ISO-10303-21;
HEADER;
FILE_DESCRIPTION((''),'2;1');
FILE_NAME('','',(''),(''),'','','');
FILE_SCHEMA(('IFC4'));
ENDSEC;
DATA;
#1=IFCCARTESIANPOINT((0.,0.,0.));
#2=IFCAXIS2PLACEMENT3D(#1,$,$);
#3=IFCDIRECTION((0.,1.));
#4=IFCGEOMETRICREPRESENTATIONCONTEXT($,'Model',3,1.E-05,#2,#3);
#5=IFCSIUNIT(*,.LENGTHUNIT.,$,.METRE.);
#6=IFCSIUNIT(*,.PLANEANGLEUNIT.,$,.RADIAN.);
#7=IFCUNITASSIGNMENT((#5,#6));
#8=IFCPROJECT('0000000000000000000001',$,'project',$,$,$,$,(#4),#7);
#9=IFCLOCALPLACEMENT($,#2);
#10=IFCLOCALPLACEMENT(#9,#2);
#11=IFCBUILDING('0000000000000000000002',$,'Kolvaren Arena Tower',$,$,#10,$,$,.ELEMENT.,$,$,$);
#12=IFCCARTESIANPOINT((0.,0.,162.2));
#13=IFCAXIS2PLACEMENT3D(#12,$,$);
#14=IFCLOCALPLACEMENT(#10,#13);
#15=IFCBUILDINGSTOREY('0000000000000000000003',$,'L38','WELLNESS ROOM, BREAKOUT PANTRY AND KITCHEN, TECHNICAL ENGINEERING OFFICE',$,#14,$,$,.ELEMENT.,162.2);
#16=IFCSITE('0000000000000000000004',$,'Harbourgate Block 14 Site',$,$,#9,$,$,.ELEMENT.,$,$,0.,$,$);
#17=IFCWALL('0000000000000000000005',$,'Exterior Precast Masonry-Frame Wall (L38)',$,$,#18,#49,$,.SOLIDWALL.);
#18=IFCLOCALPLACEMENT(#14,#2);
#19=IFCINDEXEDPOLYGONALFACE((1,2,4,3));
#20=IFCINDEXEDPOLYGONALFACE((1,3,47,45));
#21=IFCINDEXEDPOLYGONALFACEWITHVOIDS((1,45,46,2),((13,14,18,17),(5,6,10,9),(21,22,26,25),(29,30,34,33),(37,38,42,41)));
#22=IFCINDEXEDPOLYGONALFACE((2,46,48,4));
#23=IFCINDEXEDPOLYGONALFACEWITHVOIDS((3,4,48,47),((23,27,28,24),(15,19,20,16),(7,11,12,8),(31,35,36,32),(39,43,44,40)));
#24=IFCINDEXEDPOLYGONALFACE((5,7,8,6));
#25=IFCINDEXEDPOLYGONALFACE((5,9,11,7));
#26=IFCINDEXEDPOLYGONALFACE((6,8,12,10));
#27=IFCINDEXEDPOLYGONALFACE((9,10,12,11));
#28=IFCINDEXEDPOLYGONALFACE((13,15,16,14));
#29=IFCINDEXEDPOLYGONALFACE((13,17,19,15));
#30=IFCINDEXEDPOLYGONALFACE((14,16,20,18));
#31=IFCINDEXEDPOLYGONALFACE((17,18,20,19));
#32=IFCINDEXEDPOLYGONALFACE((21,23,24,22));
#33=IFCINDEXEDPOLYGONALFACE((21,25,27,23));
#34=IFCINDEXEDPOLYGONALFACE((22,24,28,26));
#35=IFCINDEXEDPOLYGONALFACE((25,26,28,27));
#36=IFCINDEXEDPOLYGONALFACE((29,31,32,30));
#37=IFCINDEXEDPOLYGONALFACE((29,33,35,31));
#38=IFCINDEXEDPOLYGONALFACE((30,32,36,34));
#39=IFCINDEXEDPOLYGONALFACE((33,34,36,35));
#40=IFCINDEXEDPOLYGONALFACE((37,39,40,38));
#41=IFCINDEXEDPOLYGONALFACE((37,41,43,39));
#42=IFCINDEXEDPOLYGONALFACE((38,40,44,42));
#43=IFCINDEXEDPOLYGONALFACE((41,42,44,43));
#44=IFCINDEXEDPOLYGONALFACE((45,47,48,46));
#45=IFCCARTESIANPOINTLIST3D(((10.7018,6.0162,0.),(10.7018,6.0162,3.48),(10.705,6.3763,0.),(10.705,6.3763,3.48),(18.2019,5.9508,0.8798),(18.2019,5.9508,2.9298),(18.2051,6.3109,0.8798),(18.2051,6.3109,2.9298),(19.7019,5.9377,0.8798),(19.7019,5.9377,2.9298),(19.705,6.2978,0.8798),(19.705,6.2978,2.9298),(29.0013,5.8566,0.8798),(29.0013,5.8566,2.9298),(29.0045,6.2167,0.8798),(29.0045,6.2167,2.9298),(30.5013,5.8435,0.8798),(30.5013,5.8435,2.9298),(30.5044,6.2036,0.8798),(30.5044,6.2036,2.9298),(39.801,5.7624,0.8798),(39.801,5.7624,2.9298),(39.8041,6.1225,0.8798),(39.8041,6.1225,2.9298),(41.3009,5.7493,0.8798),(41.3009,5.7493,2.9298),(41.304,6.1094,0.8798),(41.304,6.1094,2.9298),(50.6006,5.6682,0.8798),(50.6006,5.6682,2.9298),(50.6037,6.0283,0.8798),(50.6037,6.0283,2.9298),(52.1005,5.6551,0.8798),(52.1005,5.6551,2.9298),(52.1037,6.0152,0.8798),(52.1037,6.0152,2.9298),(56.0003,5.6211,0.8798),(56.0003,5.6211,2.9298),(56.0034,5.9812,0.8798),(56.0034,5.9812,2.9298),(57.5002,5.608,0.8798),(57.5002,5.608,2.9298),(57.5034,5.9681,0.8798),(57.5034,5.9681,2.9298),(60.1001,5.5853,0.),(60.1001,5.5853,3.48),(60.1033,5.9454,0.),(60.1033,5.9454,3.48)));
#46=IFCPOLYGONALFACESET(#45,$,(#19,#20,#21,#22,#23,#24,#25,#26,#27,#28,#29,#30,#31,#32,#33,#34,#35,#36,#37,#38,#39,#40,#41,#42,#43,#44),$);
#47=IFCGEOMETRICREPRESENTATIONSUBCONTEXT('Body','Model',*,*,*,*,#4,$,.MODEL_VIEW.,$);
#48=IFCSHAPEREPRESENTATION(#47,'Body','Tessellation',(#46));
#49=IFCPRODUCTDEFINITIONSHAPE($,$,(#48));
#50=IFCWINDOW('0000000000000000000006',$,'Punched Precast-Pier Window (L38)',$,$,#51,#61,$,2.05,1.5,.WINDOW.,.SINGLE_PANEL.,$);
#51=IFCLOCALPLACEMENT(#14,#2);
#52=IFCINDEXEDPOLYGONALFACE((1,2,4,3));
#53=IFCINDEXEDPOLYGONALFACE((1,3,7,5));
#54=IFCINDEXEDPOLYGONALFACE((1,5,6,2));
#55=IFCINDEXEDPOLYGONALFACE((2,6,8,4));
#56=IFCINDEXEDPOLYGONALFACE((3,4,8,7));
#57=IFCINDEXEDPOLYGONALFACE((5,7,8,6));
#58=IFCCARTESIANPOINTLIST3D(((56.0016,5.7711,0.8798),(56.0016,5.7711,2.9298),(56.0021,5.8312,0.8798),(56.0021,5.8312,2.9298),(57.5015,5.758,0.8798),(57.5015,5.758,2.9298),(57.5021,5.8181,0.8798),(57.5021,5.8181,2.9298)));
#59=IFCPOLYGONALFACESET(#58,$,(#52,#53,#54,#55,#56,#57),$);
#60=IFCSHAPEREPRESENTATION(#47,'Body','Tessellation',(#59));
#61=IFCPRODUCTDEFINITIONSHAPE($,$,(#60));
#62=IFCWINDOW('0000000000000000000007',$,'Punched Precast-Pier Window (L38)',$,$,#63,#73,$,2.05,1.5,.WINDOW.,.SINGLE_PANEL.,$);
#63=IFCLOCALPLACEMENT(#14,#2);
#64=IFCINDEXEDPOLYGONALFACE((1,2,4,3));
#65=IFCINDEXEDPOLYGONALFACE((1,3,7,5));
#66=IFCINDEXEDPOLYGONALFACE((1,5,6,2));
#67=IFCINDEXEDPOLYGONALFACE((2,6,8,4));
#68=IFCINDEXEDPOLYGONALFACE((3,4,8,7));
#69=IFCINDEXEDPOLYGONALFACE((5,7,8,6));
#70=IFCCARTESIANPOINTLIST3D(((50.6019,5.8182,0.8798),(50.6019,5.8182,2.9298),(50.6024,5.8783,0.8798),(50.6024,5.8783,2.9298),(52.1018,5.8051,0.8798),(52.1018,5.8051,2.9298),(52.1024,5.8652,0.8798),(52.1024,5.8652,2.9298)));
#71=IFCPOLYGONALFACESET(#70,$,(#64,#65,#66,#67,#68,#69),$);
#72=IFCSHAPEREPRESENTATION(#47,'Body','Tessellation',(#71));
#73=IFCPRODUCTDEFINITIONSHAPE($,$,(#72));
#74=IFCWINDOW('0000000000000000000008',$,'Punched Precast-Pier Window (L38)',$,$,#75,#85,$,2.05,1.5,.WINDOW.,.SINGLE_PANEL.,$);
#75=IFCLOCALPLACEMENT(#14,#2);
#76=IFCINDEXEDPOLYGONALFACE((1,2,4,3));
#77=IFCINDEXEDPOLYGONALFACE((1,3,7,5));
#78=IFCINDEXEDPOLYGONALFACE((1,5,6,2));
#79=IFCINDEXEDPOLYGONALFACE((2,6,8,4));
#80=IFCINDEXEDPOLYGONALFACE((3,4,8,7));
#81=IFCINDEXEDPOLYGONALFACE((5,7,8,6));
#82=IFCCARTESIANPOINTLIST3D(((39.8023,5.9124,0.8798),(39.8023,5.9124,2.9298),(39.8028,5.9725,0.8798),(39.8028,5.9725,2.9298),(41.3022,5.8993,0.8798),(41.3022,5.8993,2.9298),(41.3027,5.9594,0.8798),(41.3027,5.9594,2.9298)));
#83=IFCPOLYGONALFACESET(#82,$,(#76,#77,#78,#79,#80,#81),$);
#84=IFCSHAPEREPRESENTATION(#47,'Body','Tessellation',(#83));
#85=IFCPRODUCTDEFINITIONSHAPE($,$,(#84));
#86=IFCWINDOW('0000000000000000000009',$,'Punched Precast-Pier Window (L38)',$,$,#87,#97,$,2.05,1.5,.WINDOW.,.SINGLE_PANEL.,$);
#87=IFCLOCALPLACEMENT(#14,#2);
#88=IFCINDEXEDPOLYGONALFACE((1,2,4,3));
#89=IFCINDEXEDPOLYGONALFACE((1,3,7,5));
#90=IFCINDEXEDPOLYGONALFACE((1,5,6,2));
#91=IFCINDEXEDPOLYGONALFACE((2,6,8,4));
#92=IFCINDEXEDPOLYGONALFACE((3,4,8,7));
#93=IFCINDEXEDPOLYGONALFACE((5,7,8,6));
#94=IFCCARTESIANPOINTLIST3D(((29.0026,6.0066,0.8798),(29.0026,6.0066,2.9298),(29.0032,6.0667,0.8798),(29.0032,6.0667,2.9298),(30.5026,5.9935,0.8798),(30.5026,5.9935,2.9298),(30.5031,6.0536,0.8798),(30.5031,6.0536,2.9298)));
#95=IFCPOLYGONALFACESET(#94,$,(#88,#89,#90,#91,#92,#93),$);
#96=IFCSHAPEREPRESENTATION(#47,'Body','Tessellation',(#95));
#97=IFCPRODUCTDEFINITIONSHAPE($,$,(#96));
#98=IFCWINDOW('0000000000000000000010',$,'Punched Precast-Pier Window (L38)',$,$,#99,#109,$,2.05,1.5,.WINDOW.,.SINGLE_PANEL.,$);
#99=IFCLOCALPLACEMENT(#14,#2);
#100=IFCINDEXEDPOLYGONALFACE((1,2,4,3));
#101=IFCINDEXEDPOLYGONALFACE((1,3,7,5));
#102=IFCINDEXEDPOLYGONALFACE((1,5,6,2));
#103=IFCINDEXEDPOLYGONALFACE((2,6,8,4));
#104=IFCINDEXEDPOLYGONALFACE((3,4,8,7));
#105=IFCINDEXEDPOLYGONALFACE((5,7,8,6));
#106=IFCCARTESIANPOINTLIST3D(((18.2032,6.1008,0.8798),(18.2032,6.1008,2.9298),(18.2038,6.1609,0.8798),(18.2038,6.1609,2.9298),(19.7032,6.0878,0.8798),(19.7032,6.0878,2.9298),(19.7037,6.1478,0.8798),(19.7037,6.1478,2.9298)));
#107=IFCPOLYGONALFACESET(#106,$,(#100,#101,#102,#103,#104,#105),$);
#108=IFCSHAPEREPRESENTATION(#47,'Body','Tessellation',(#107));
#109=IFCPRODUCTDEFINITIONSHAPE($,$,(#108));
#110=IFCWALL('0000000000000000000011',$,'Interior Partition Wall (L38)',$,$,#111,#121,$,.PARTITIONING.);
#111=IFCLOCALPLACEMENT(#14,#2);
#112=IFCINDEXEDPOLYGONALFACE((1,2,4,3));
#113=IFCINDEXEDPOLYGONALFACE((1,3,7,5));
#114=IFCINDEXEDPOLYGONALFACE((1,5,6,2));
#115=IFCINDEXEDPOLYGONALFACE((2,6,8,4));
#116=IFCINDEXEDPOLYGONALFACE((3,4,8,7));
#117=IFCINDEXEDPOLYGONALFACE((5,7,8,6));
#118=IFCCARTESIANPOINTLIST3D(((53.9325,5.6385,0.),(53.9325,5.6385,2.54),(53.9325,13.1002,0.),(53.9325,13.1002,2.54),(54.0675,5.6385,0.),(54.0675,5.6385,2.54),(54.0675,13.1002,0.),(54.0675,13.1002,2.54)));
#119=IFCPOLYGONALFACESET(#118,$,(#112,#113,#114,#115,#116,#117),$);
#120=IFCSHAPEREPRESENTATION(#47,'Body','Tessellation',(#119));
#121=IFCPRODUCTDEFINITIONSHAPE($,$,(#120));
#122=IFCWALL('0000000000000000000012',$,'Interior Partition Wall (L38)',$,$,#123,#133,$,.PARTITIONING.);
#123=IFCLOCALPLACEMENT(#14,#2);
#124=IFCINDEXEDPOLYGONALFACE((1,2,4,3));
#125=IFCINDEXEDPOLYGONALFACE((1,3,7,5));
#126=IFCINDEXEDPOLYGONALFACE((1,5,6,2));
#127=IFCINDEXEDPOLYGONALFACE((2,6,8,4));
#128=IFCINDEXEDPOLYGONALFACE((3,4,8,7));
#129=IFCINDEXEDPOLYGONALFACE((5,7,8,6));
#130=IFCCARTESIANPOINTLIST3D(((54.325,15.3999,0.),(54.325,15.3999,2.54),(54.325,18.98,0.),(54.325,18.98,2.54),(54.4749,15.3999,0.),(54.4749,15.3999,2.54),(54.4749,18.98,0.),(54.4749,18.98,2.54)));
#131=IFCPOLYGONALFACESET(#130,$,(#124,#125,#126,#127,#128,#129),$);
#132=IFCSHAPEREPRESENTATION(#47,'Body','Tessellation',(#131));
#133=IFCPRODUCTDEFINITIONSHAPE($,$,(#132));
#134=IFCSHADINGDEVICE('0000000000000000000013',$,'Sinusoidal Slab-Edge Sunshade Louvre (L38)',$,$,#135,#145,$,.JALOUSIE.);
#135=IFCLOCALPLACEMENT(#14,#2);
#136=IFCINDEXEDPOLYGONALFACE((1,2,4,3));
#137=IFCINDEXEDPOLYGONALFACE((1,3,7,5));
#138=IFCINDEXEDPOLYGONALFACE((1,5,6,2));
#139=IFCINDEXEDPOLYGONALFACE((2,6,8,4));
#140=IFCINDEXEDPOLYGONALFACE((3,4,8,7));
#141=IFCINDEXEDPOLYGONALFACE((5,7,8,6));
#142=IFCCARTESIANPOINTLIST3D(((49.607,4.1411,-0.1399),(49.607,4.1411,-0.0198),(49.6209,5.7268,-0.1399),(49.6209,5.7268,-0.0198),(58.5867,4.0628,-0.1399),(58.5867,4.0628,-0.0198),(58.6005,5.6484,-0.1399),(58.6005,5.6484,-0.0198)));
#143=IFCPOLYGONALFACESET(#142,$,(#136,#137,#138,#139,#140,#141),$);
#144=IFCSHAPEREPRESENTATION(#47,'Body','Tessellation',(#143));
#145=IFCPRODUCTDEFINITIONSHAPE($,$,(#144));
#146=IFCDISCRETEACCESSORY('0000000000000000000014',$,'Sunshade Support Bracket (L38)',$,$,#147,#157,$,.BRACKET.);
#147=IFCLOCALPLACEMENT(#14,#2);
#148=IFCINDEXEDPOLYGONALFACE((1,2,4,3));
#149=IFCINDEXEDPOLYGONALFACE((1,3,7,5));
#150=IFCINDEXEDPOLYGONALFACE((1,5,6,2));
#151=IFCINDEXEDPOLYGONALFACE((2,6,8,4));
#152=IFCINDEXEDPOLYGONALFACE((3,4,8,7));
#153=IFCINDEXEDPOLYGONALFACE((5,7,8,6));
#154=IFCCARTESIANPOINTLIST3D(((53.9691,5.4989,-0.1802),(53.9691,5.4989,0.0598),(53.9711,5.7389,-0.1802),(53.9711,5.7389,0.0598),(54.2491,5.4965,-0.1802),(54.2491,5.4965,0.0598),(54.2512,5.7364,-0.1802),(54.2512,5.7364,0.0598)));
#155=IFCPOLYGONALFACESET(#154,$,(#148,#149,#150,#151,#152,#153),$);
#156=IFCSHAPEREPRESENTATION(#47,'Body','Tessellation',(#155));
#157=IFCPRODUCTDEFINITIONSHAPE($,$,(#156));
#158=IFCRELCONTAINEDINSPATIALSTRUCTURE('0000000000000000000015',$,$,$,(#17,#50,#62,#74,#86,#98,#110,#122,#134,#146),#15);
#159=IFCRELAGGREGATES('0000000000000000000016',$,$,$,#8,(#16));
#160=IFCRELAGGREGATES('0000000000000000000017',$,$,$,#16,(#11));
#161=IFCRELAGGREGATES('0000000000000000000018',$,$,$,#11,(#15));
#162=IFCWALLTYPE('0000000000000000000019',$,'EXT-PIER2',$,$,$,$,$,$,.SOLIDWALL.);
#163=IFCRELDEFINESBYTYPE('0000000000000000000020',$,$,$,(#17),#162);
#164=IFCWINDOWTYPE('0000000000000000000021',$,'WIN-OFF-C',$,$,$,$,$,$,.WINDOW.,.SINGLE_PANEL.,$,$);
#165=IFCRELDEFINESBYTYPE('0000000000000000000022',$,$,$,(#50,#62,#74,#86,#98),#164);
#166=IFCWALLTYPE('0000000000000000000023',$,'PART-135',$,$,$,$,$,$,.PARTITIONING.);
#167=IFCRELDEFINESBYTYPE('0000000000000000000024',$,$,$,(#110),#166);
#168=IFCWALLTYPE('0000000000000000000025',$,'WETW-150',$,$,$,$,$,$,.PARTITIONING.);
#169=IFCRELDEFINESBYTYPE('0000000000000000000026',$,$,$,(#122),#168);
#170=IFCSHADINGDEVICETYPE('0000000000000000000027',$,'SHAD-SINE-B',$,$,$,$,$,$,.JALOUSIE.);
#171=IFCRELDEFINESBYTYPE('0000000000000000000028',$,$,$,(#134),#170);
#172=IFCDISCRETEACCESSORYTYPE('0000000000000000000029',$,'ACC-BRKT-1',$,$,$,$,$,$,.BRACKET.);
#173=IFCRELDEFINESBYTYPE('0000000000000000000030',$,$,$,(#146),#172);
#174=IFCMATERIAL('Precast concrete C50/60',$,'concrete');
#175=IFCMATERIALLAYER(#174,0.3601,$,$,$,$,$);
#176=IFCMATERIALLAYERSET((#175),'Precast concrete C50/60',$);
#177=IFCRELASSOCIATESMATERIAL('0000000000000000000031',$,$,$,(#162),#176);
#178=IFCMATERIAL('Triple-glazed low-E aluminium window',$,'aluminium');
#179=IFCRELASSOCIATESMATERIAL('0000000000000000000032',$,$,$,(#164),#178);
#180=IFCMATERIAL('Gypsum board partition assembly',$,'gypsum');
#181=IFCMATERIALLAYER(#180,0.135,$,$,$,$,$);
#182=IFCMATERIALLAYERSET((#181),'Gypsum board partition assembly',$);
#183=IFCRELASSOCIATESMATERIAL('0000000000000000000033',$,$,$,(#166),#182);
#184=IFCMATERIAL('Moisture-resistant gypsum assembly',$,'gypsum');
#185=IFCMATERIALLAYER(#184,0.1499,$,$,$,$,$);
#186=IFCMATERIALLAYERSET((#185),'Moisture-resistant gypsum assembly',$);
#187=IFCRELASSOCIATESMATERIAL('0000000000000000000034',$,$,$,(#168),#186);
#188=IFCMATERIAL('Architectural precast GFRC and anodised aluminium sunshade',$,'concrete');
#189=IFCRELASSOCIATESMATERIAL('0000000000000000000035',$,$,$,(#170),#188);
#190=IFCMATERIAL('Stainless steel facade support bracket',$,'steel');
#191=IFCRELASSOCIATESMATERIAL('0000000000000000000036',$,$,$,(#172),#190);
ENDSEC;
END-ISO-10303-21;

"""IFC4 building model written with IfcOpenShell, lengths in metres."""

from ifc_helpers import new_model, si_unit, direction, frame, frame_2d, origin, origin_2d, place, context, subcontext, project, spatial, rectangle, extrude, material, layer, layer_set, type_object, element, fill, save


model = new_model("IFC4")

# Units and contexts
model_context = context("Model", 3, precision=1e-05, world=origin(), true_north=direction((0.0, 1.0)))
body_context = subcontext(model_context, "Body", "Model", "MODEL_VIEW")
ifc_project = project(units=[si_unit("LENGTHUNIT", "METRE"), si_unit("PLANEANGLEUNIT", "RADIAN")], contexts=[model_context])

# Site, building, storey
site_placement = place(None, origin())
site = spatial("IfcSite", under=ifc_project, at=site_placement, Name="Harbourgate Block 14 Site", CompositionType="ELEMENT", RefElevation=0.0)
building_placement = place(site_placement, origin())
building = spatial("IfcBuilding", under=site, at=building_placement, Name="Kolvaren Arena Tower", CompositionType="ELEMENT")
storey_placement = place(building_placement, frame((0.0, 0.0, 162.2)))
storey = spatial("IfcBuildingStorey", under=building, at=storey_placement, Name="L38", Description="WELLNESS ROOM, BREAKOUT PANTRY AND KITCHEN, TECHNICAL ENGINEERING OFFICE", CompositionType="ELEMENT", Elevation=162.2)

# Shared definitions
ifc_material_1 = material(Name="Precast concrete C50/60", Category="concrete")
ifc_layer_1 = layer(ifc_material_1, 0.3601)
ifc_layer_set_1 = layer_set([ifc_layer_1], Name="Precast concrete C50/60")
wall_type_1 = type_object("IfcWallType", Name="EXT-PIER2", PredefinedType="SOLIDWALL", material=ifc_layer_set_1)

# Wall, openings, windows
wall_1_placement = place(storey_placement, frame((60.1018, 5.7654, 0.0), z_axis=(0.0, 0.0, 1.0), x_axis=(-0.999962, 0.008723, 0.0)))
wall_1 = element("IfcWall", 1, at=wall_1_placement, inside=storey, type_object=wall_type_1, Name="Exterior Precast Masonry-Frame Wall (L38)", PredefinedType="SOLIDWALL", context=body_context, shape_type="SweptSolid", body=[
    extrude(rectangle(XDim=49.4001, YDim=0.3601, at=frame_2d((24.7002, 0.0))), origin(), (0.0, 0.0, 1.0), 3.48),
])
opening_1_placement = place(wall_1_placement, frame((2.6001, 0.0, 0.8799)))
opening_1 = element("IfcOpeningElement", 2, at=opening_1_placement, cuts=wall_1, PredefinedType="OPENING", context=body_context, shape_type="SweptSolid", body=[
    extrude(rectangle(XDim=1.5, YDim=2.05, at=frame_2d((0.75, 1.0249))), frame((0.0, 0.1899, 0.0), z_axis=(0.0, -1.0, 0.0), x_axis=(1.0, 0.0, 0.0)), (0.0, 0.0, 1.0), 0.3801),
])
opening_2_placement = place(wall_1_placement, frame((8.0, 0.0, 0.8799)))
opening_2 = element("IfcOpeningElement", 3, at=opening_2_placement, cuts=wall_1, PredefinedType="OPENING", context=body_context, shape_type="SweptSolid", body=[
    extrude(rectangle(XDim=1.5, YDim=2.05, at=frame_2d((0.75, 1.0249))), frame((0.0, 0.1899, 0.0), z_axis=(0.0, -1.0, 0.0), x_axis=(1.0, 0.0, 0.0)), (0.0, 0.0, 1.0), 0.3801),
])
opening_3_placement = place(wall_1_placement, frame((18.8, 0.0, 0.8799)))
opening_3 = element("IfcOpeningElement", 4, at=opening_3_placement, cuts=wall_1, PredefinedType="OPENING", context=body_context, shape_type="SweptSolid", body=[
    extrude(rectangle(XDim=1.5, YDim=2.05, at=frame_2d((0.75, 1.0249))), frame((0.0, 0.1899, 0.0), z_axis=(0.0, -1.0, 0.0), x_axis=(1.0, 0.0, 0.0)), (0.0, 0.0, 1.0), 0.3801),
])
opening_4_placement = place(wall_1_placement, frame((29.6001, 0.0, 0.8799)))
opening_4 = element("IfcOpeningElement", 5, at=opening_4_placement, cuts=wall_1, PredefinedType="OPENING", context=body_context, shape_type="SweptSolid", body=[
    extrude(rectangle(XDim=1.5, YDim=2.05, at=frame_2d((0.75, 1.0249))), frame((0.0, 0.1899, 0.0), z_axis=(0.0, -1.0, 0.0), x_axis=(1.0, 0.0, 0.0)), (0.0, 0.0, 1.0), 0.3801),
])
opening_5_placement = place(wall_1_placement, frame((40.3999, 0.0, 0.8799)))
opening_5 = element("IfcOpeningElement", 6, at=opening_5_placement, cuts=wall_1, PredefinedType="OPENING", context=body_context, shape_type="SweptSolid", body=[
    extrude(rectangle(XDim=1.5, YDim=2.05, at=frame_2d((0.75, 1.0249))), frame((0.0, 0.1899, 0.0), z_axis=(0.0, -1.0, 0.0), x_axis=(1.0, 0.0, 0.0)), (0.0, 0.0, 1.0), 0.3801),
])
ifc_material_2 = material(Name="Triple-glazed low-E aluminium window", Category="aluminium")
window_type = type_object("IfcWindowType", Name="WIN-OFF-C", PartitioningType="SINGLE_PANEL", PredefinedType="WINDOW", material=ifc_material_2)
window_1_placement = place(opening_1_placement, origin())
window_1 = element("IfcWindow", 7, at=window_1_placement, inside=storey, type_object=window_type, Name="Punched Precast-Pier Window (L38)", OverallHeight=2.05, OverallWidth=1.5, PartitioningType="SINGLE_PANEL", PredefinedType="WINDOW", context=body_context, shape_type="SweptSolid", body=[
    extrude(rectangle(XDim=1.5, YDim=2.05, at=frame_2d((0.75, 1.0249))), frame((0.0, 0.03, 0.0), z_axis=(0.0, -1.0, 0.0), x_axis=(1.0, 0.0, 0.0)), (0.0, 0.0, 1.0), 0.0601),
])
fill(opening_1, window_1)
window_2_placement = place(opening_2_placement, origin())
window_2 = element("IfcWindow", 8, at=window_2_placement, inside=storey, type_object=window_type, Name="Punched Precast-Pier Window (L38)", OverallHeight=2.05, OverallWidth=1.5, PartitioningType="SINGLE_PANEL", PredefinedType="WINDOW", context=body_context, shape_type="SweptSolid", body=[
    extrude(rectangle(XDim=1.5, YDim=2.05, at=frame_2d((0.75, 1.0249))), frame((0.0, 0.03, 0.0), z_axis=(0.0, -1.0, 0.0), x_axis=(1.0, 0.0, 0.0)), (0.0, 0.0, 1.0), 0.0601),
])
fill(opening_2, window_2)
window_3_placement = place(opening_3_placement, origin())
window_3 = element("IfcWindow", 9, at=window_3_placement, inside=storey, type_object=window_type, Name="Punched Precast-Pier Window (L38)", OverallHeight=2.05, OverallWidth=1.5, PartitioningType="SINGLE_PANEL", PredefinedType="WINDOW", context=body_context, shape_type="SweptSolid", body=[
    extrude(rectangle(XDim=1.5, YDim=2.05, at=frame_2d((0.75, 1.0249))), frame((0.0, 0.03, 0.0), z_axis=(0.0, -1.0, 0.0), x_axis=(1.0, 0.0, 0.0)), (0.0, 0.0, 1.0), 0.0601),
])
fill(opening_3, window_3)
window_4_placement = place(opening_4_placement, origin())
window_4 = element("IfcWindow", 10, at=window_4_placement, inside=storey, type_object=window_type, Name="Punched Precast-Pier Window (L38)", OverallHeight=2.05, OverallWidth=1.5, PartitioningType="SINGLE_PANEL", PredefinedType="WINDOW", context=body_context, shape_type="SweptSolid", body=[
    extrude(rectangle(XDim=1.5, YDim=2.05, at=frame_2d((0.75, 1.0249))), frame((0.0, 0.03, 0.0), z_axis=(0.0, -1.0, 0.0), x_axis=(1.0, 0.0, 0.0)), (0.0, 0.0, 1.0), 0.0601),
])
fill(opening_4, window_4)
window_5_placement = place(opening_5_placement, origin())
window_5 = element("IfcWindow", 11, at=window_5_placement, inside=storey, type_object=window_type, Name="Punched Precast-Pier Window (L38)", OverallHeight=2.05, OverallWidth=1.5, PartitioningType="SINGLE_PANEL", PredefinedType="WINDOW", context=body_context, shape_type="SweptSolid", body=[
    extrude(rectangle(XDim=1.5, YDim=2.05, at=frame_2d((0.75, 1.0249))), frame((0.0, 0.03, 0.0), z_axis=(0.0, -1.0, 0.0), x_axis=(1.0, 0.0, 0.0)), (0.0, 0.0, 1.0), 0.0601),
])
fill(opening_5, window_5)

# Walls
ifc_material_3 = material(Name="Gypsum board partition assembly", Category="gypsum")
ifc_layer_2 = layer(ifc_material_3, 0.135)
ifc_layer_set_2 = layer_set([ifc_layer_2], Name="Gypsum board partition assembly")
wall_type_2 = type_object("IfcWallType", Name="PART-135", PredefinedType="PARTITIONING", material=ifc_layer_set_2)
wall_2_placement = place(storey_placement, frame((54.0, 5.6384, 0.0), z_axis=(0.0, 0.0, 1.0), x_axis=(0.0, 1.0, 0.0)))
element("IfcWall", 12, at=wall_2_placement, inside=storey, type_object=wall_type_2, Name="Interior Partition Wall (L38)", PredefinedType="PARTITIONING", context=body_context, shape_type="SweptSolid", body=[
    extrude(rectangle(XDim=7.4617, YDim=0.135, at=frame_2d((3.731, 0.0))), origin(), (0.0, 0.0, 1.0), 2.54),
])
ifc_material_4 = material(Name="Moisture-resistant gypsum assembly", Category="gypsum")
ifc_layer_3 = layer(ifc_material_4, 0.1499)
ifc_layer_set_3 = layer_set([ifc_layer_3], Name="Moisture-resistant gypsum assembly")
wall_type_3 = type_object("IfcWallType", Name="WETW-150", PredefinedType="PARTITIONING", material=ifc_layer_set_3)
wall_3_placement = place(storey_placement, frame((54.3999, 15.3999, 0.0), z_axis=(0.0, 0.0, 1.0), x_axis=(0.0, 1.0, 0.0)))
element("IfcWall", 13, at=wall_3_placement, inside=storey, type_object=wall_type_3, Name="Interior Partition Wall (L38)", PredefinedType="PARTITIONING", context=body_context, shape_type="SweptSolid", body=[
    extrude(rectangle(XDim=3.5801, YDim=0.1499, at=frame_2d((1.79, 0.0))), origin(), (0.0, 0.0, 1.0), 2.54),
])

# Shading device
ifc_material_5 = material(Name="Architectural precast GFRC and anodised aluminium sunshade", Category="concrete")
shading_device_type = type_object("IfcShadingDeviceType", Name="SHAD-SINE-B", PredefinedType="JALOUSIE", material=ifc_material_5)
shading_device_placement = place(storey_placement, frame((54.1038, 4.8948, -0.1399), z_axis=(0.0, 0.0, 1.0), x_axis=(-0.999962, 0.008727, 0.0)))
element("IfcShadingDevice", 14, at=shading_device_placement, inside=storey, type_object=shading_device_type, Name="Sinusoidal Slab-Edge Sunshade Louvre (L38)", PredefinedType="JALOUSIE", context=body_context, shape_type="SweptSolid", body=[
    extrude(rectangle(XDim=8.98, YDim=1.5857, at=origin_2d()), origin(), (0.0, 0.0, 1.0), 0.1201),
])

# Discrete accessory
ifc_material_6 = material(Name="Stainless steel facade support bracket", Category="steel")
discrete_accessory_type = type_object("IfcDiscreteAccessoryType", Name="ACC-BRKT-1", PredefinedType="BRACKET", material=ifc_material_6)
discrete_accessory_placement = place(storey_placement, frame((54.1101, 5.6177, -0.1802), z_axis=(0.0, 0.0, 1.0), x_axis=(-0.999962, 0.008727, 0.0)))
element("IfcDiscreteAccessory", 15, at=discrete_accessory_placement, inside=storey, type_object=discrete_accessory_type, Name="Sunshade Support Bracket (L38)", PredefinedType="BRACKET", context=body_context, shape_type="SweptSolid", body=[
    extrude(rectangle(XDim=0.28, YDim=0.24, at=origin_2d()), origin(), (0.0, 0.0, 1.0), 0.24),
])

save(model, "model.ifc")
